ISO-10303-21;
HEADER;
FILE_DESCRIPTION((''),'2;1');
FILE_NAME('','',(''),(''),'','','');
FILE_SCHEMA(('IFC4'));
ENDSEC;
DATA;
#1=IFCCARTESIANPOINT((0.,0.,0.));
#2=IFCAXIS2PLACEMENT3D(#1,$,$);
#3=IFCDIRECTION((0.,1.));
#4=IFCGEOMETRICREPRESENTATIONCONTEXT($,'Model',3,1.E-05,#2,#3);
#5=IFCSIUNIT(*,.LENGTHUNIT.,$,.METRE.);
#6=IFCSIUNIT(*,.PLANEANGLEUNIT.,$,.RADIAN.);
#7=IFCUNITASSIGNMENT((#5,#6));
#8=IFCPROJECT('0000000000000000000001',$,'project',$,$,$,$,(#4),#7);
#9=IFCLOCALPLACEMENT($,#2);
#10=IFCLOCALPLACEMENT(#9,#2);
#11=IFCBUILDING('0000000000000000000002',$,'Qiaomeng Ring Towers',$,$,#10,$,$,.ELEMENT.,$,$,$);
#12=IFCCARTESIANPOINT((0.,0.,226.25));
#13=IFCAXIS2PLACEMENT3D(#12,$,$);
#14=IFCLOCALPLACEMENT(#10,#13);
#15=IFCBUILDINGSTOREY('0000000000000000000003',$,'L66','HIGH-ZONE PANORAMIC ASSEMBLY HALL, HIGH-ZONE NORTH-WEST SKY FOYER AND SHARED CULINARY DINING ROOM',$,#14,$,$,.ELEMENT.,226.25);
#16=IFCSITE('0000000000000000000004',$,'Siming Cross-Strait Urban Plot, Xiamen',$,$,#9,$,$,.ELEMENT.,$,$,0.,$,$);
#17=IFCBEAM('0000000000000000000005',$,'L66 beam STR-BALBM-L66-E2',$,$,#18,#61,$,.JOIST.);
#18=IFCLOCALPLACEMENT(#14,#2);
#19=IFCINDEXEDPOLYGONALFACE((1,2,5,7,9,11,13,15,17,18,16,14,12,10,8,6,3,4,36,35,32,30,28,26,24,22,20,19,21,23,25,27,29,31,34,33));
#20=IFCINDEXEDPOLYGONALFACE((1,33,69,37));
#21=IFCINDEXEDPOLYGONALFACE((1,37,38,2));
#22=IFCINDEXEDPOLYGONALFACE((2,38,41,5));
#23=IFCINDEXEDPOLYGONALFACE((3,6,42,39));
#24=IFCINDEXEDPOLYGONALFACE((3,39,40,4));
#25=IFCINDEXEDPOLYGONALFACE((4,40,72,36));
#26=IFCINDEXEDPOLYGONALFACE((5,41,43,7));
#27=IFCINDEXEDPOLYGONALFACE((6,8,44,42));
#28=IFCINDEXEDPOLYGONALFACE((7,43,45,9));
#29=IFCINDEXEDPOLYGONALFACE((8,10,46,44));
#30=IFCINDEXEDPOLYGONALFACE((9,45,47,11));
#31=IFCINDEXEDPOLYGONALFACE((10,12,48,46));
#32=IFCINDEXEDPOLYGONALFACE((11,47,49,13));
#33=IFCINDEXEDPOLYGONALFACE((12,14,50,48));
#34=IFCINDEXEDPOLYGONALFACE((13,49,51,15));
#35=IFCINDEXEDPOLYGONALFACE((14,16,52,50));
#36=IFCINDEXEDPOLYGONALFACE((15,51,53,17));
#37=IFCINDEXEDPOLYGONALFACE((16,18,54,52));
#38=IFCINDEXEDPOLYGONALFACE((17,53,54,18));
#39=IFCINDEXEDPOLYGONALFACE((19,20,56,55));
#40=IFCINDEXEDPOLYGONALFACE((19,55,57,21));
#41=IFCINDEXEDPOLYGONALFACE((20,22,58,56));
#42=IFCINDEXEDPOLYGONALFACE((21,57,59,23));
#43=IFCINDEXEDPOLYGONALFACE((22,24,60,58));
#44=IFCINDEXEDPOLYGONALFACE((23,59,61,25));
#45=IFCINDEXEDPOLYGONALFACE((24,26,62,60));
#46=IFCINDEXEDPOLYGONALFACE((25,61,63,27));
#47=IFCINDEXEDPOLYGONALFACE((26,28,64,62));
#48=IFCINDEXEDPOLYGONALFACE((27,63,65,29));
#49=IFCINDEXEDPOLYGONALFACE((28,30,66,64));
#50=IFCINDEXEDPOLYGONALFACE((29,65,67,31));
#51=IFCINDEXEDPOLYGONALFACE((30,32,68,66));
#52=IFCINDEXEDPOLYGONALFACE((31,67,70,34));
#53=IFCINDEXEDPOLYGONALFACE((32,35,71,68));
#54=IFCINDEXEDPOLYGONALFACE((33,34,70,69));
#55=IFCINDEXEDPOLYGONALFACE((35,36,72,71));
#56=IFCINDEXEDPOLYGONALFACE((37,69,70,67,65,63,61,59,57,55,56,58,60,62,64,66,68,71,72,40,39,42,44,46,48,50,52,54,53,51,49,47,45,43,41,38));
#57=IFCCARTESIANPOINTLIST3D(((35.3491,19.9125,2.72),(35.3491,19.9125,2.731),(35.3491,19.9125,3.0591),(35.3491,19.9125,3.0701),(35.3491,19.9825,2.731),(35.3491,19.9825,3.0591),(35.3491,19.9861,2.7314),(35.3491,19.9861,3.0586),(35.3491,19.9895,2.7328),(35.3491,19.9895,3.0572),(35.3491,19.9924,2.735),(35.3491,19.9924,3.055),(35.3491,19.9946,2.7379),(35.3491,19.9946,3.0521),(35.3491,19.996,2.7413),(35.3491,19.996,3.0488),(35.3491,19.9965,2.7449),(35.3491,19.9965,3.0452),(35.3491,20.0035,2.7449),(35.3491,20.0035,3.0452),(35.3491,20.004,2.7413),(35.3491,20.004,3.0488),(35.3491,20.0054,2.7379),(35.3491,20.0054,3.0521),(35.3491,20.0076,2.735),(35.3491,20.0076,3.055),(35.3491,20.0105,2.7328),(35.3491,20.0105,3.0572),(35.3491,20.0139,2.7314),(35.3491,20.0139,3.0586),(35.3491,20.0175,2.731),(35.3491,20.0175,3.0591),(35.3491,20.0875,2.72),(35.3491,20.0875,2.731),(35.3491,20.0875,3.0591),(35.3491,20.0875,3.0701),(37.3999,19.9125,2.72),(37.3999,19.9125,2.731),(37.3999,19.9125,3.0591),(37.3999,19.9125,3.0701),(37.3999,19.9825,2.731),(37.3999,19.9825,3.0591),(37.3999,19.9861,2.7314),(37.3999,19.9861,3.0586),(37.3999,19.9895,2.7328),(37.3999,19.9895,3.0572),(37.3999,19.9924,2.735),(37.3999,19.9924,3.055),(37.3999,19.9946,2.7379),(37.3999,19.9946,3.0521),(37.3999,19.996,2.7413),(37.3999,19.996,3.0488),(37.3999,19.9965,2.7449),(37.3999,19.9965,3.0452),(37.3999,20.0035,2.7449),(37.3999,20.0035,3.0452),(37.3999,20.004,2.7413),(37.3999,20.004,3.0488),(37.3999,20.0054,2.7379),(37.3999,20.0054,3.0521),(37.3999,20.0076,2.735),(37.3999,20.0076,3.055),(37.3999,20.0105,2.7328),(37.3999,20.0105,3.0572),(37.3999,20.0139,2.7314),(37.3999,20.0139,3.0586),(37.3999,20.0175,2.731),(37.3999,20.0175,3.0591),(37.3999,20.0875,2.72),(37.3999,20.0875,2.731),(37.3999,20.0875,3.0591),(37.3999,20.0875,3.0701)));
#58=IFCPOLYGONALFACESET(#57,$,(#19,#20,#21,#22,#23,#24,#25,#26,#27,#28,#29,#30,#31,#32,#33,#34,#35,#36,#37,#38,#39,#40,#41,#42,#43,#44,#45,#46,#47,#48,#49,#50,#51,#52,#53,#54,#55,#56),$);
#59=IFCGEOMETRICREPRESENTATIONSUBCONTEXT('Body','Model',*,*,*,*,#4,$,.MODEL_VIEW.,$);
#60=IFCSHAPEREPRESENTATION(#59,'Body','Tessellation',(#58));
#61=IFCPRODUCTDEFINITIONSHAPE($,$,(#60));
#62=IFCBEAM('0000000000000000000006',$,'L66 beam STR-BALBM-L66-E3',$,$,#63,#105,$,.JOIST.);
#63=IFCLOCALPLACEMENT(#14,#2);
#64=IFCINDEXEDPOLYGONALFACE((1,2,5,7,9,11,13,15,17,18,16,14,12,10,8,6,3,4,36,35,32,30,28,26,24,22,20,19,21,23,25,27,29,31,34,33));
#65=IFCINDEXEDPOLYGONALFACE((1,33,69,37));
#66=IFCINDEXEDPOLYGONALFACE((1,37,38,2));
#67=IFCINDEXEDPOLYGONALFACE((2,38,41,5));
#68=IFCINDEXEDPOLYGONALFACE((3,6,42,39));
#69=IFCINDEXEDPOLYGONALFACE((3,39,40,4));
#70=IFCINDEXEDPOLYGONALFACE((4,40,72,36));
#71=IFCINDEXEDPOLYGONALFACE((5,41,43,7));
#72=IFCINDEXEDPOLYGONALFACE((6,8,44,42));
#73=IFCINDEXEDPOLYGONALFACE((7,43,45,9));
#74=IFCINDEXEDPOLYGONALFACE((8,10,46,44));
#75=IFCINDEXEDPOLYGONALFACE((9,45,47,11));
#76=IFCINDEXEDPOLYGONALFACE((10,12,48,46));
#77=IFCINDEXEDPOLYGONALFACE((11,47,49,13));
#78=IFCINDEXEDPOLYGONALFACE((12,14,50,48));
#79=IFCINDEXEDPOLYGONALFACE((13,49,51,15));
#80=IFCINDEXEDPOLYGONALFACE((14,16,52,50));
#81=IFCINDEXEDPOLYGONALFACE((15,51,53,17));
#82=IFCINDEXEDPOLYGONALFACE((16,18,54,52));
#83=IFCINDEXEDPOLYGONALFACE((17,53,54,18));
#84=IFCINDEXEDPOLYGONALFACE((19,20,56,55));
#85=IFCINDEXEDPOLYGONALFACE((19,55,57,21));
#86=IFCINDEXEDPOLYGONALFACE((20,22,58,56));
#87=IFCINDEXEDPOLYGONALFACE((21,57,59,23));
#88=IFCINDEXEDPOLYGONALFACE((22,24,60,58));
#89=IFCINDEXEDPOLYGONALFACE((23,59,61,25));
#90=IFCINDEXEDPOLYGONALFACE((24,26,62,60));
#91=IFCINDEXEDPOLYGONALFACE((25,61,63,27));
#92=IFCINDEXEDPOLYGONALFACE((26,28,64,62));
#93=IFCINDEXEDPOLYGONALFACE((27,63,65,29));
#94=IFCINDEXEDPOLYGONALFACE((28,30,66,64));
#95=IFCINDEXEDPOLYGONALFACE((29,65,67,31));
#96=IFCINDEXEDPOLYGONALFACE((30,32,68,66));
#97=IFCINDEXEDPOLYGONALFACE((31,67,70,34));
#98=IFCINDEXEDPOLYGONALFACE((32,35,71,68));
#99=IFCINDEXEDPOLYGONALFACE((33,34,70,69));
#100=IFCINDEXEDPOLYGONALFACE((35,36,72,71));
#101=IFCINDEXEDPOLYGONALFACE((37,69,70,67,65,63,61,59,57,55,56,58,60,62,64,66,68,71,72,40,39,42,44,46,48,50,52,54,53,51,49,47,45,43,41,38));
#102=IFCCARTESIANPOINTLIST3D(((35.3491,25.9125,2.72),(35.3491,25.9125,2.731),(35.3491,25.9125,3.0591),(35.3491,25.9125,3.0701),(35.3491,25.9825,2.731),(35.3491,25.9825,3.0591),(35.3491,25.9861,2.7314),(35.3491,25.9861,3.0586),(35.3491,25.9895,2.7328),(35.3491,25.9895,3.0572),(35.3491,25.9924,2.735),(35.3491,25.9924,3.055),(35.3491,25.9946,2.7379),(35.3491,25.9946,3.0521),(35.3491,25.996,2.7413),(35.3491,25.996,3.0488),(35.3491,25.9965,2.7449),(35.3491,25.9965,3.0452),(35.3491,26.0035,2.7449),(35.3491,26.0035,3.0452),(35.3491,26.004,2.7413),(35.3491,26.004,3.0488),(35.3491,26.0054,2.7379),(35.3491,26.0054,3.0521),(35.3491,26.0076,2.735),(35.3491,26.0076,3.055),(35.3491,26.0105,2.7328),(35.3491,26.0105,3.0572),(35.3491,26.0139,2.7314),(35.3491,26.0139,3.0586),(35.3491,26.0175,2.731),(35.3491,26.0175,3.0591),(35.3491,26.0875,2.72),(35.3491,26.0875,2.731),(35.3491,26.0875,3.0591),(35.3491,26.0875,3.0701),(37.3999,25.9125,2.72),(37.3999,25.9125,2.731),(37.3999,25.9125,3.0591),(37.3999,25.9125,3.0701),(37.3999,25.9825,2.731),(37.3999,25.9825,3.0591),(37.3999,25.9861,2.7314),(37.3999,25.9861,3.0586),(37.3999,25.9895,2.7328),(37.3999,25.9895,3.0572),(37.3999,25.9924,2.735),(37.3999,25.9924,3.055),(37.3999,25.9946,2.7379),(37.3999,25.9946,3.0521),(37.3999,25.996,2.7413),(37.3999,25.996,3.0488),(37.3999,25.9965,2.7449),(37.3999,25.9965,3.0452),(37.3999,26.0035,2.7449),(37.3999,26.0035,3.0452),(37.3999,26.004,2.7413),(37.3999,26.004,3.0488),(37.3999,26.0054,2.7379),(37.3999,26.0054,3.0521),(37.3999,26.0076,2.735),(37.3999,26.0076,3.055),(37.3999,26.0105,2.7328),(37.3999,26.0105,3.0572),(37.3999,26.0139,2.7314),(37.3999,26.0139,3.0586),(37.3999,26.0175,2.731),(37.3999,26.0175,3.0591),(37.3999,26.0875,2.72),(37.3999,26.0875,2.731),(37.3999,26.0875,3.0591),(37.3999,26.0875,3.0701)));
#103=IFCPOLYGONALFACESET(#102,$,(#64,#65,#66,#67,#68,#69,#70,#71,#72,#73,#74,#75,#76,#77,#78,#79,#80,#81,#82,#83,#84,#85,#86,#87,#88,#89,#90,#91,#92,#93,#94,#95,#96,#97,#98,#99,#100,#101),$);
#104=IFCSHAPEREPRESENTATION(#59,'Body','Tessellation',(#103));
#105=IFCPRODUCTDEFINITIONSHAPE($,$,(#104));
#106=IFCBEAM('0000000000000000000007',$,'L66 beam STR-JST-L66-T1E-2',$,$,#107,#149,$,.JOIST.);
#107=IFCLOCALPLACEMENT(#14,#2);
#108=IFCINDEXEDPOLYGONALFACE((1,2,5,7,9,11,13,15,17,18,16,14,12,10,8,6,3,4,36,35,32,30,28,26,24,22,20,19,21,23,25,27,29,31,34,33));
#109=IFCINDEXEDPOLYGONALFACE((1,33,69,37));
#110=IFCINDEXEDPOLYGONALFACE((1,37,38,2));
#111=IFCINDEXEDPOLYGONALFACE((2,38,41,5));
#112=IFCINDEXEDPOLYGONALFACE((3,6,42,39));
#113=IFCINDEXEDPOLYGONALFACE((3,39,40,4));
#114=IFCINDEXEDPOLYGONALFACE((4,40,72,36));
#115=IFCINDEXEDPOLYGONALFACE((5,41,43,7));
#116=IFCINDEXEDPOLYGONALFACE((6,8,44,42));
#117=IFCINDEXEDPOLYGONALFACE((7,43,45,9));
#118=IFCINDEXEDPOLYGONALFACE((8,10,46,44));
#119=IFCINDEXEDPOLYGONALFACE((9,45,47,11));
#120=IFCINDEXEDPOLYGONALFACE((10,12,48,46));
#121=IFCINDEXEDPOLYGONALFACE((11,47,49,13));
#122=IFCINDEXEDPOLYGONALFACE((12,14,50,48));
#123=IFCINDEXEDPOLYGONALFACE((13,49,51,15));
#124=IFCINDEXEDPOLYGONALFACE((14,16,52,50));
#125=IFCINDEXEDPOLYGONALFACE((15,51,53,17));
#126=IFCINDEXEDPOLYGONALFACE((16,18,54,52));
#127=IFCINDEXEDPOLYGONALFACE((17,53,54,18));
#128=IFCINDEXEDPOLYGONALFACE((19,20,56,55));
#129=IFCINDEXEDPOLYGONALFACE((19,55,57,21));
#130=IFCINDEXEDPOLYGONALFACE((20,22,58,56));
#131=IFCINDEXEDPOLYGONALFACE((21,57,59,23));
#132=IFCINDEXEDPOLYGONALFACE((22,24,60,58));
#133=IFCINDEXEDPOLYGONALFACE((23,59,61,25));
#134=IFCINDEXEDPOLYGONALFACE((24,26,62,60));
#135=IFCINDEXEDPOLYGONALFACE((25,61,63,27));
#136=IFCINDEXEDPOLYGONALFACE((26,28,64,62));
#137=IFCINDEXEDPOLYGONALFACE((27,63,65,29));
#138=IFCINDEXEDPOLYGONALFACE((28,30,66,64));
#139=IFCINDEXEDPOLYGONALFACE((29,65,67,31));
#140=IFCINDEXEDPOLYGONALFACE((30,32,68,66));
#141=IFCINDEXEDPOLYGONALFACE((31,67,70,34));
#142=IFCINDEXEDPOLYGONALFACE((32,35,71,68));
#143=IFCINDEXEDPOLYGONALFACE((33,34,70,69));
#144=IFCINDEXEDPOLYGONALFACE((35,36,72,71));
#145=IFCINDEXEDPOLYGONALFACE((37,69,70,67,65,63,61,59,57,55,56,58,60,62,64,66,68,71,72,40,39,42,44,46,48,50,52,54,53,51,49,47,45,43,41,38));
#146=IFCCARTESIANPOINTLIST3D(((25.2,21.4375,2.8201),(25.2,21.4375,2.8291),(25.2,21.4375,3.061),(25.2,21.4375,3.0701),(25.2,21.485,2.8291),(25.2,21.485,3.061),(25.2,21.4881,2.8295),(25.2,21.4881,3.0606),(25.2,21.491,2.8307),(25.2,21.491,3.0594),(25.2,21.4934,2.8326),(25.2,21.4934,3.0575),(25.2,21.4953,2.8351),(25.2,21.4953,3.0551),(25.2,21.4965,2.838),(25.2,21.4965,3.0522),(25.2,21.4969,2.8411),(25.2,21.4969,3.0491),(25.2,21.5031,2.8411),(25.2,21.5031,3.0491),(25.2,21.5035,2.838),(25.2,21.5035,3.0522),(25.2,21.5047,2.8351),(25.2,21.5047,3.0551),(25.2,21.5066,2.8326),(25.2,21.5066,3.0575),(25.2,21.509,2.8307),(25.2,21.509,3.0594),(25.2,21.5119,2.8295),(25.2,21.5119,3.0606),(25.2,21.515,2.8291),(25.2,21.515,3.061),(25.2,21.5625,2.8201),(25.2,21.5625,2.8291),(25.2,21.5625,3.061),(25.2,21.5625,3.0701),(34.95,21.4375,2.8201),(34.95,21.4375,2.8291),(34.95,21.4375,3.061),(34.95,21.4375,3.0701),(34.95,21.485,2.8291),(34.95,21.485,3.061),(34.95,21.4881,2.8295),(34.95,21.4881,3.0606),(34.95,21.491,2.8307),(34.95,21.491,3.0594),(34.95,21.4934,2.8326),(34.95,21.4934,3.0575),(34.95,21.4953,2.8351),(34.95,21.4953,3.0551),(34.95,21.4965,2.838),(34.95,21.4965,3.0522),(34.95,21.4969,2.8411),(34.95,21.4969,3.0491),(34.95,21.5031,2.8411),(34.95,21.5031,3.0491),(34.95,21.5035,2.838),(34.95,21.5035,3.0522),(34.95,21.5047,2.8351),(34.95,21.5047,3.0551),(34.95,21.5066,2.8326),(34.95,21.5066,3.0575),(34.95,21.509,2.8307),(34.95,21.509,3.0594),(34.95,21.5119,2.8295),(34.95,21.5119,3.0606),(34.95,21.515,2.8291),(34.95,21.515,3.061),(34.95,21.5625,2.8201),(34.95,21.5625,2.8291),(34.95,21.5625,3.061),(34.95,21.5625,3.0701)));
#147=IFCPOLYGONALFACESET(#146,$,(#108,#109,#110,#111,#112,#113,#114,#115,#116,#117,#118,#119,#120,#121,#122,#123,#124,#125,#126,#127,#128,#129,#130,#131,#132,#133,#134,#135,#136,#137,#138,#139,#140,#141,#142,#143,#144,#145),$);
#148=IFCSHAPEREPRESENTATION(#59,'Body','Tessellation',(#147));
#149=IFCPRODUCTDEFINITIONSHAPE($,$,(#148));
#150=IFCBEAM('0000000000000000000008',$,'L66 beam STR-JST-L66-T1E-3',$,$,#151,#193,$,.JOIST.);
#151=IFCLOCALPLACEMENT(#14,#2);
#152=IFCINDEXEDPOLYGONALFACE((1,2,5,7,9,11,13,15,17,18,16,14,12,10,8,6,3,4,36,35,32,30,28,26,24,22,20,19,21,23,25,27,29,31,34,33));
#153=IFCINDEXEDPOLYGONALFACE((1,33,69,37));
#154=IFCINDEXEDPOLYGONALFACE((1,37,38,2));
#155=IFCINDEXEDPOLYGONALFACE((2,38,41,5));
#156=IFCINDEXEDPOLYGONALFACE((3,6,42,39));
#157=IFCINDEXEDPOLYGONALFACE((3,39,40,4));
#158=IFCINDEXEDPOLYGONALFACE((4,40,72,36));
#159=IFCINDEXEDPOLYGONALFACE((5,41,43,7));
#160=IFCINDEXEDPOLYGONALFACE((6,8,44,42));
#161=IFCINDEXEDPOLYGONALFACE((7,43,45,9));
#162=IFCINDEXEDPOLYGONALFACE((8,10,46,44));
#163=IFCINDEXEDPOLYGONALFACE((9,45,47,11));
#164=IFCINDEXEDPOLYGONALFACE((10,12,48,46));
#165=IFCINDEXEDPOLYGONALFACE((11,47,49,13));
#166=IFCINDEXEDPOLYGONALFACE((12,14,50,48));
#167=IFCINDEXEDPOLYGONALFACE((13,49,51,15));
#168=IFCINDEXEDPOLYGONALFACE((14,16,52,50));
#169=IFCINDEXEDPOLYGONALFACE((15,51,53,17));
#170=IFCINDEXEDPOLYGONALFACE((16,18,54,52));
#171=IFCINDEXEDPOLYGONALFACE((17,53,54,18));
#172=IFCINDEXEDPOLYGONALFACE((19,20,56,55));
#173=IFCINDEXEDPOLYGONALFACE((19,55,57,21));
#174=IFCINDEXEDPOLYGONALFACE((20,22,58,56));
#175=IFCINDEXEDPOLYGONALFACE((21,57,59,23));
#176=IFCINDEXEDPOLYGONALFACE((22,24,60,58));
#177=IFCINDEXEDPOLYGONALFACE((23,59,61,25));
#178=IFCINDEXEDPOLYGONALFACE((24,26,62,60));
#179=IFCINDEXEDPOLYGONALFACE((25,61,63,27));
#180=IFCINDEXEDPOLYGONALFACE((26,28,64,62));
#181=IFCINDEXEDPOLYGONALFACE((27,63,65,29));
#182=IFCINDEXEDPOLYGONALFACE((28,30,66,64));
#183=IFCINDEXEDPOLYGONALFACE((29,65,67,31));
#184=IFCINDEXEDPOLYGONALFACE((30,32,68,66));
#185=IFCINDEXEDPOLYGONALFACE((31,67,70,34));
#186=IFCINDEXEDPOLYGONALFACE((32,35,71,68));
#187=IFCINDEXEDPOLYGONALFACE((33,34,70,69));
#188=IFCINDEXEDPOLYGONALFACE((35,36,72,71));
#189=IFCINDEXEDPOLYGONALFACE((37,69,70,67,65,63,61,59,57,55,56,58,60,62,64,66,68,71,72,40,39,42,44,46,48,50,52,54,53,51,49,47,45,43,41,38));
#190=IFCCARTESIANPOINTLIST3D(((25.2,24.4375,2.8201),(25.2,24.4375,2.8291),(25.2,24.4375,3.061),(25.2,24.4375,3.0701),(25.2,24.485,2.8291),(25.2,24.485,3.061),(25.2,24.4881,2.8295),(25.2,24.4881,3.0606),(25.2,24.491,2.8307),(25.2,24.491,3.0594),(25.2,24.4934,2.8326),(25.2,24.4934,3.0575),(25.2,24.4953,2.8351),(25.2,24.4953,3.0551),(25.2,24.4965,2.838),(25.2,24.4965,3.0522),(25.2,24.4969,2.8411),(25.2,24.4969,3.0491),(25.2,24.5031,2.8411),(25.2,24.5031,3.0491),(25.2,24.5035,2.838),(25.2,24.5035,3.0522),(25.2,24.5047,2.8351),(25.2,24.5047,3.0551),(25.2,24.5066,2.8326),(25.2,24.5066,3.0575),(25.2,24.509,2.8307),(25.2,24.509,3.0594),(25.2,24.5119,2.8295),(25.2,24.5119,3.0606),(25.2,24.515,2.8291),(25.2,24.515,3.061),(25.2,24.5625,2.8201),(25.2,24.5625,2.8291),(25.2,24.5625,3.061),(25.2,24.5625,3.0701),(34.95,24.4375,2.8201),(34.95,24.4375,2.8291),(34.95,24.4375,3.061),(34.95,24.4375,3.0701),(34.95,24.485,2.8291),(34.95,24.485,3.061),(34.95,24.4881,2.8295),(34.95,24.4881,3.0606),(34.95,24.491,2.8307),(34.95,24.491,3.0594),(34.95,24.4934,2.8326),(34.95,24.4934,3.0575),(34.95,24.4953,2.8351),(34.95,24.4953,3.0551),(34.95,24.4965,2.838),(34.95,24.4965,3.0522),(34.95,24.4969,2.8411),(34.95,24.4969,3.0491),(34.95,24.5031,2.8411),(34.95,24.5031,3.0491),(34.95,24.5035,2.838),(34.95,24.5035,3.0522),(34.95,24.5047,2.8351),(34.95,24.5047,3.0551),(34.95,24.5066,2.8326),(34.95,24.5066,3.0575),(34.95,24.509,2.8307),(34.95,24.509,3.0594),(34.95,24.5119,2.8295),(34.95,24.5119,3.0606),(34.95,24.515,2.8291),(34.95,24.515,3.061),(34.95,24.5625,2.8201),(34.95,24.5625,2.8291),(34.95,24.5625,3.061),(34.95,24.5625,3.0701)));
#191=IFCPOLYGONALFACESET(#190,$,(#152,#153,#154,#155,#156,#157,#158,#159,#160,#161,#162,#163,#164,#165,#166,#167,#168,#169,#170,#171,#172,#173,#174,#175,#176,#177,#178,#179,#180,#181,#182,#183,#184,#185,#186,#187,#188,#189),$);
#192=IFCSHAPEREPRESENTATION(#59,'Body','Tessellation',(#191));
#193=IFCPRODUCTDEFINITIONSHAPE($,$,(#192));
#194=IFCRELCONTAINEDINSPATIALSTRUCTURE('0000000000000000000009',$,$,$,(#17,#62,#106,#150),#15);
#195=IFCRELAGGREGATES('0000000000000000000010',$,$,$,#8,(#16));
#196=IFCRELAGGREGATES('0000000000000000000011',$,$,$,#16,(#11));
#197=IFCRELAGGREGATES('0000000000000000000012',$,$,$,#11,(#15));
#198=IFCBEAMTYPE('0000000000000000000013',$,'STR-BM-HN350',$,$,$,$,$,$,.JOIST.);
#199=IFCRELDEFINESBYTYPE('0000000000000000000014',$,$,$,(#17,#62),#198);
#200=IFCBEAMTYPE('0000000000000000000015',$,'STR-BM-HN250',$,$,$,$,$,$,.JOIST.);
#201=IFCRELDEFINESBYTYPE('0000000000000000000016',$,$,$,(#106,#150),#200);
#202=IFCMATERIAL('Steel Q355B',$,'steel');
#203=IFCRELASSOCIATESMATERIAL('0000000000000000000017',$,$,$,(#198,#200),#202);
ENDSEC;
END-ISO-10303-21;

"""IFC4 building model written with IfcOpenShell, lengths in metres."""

from ifc_helpers import new_model, si_unit, direction, frame, origin, origin_2d, place, context, subcontext, project, spatial, i_section, extrude, source, transform, mapped, material, material_profile, profile_set, type_object, element, save


model = new_model("IFC4")

# Units and contexts
model_context = context("Model", 3, precision=1e-05, world=origin(), true_north=direction((0.0, 1.0)))
body_context = subcontext(model_context, "Body", "Model", "MODEL_VIEW")
ifc_project = project(units=[si_unit("LENGTHUNIT", "METRE"), si_unit("PLANEANGLEUNIT", "RADIAN")], contexts=[model_context])

# Site, building, storey
site_placement = place(None, origin())
site = spatial("IfcSite", under=ifc_project, at=site_placement, Name="Siming Cross-Strait Urban Plot, Xiamen", CompositionType="ELEMENT", RefElevation=0.0)
building_placement = place(site_placement, origin())
building = spatial("IfcBuilding", under=site, at=building_placement, Name="Qiaomeng Ring Towers", CompositionType="ELEMENT")
storey_placement = place(building_placement, frame((0.0, 0.0, 226.25)))
storey = spatial("IfcBuildingStorey", under=building, at=storey_placement, Name="L66", Description="HIGH-ZONE PANORAMIC ASSEMBLY HALL, HIGH-ZONE NORTH-WEST SKY FOYER AND SHARED CULINARY DINING ROOM", CompositionType="ELEMENT", Elevation=226.25)

# Beams
ifc_material_1 = material(Name="Steel Q355B", Category="steel")
ifc_material_profile_1 = material_profile(ifc_material_1, i_section(OverallWidth=0.175, OverallDepth=0.3501, WebThickness=0.0071, FlangeThickness=0.011, FilletRadius=0.0139, at=origin_2d()), Name="HN 350x175x7x11")
ifc_profile_set_1 = profile_set([ifc_material_profile_1], Name="Steel Q355B")
beam_type_1 = type_object("IfcBeamType", Name="STR-BM-HN350", PredefinedType="JOIST", material=ifc_profile_set_1)
shared_shape_1 = source(origin(), body_context, "Body", "SweptSolid", [
    extrude(i_section(OverallWidth=0.175, OverallDepth=0.3501, WebThickness=0.0071, FlangeThickness=0.011, FilletRadius=0.0139, at=origin_2d()), origin(), (0.0, 0.0, 1.0), 2.0508),
])
for number, where, z_axis, x_axis, name in (
    (1, (35.3491, 20.0, 2.895), (1.0, 0.0, 0.0), (0.0, 1.0, 0.0), "L66 beam STR-BALBM-L66-E2"),
    (2, (35.3491, 26.0, 2.895), (1.0, 0.0, 0.0), (0.0, 1.0, 0.0), "L66 beam STR-BALBM-L66-E3"),
):
    element("IfcBeam", number, at=place(storey_placement, frame(where, z_axis=z_axis, x_axis=x_axis)), inside=storey, type_object=beam_type_1, Name=name, PredefinedType="JOIST", context=body_context, shape_type="MappedRepresentation", body=[
        mapped(shared_shape_1, transform((0.0, 0.0, 0.0), x_axis=(1.0, 0.0, 0.0), y_axis=(0.0, 1.0, 0.0), z_axis=(0.0, 0.0, 1.0), scale=1.0)),
    ])
ifc_material_profile_2 = material_profile(ifc_material_1, i_section(OverallWidth=0.125, OverallDepth=0.25, WebThickness=0.0061, FlangeThickness=0.009, FilletRadius=0.012, at=origin_2d()), Name="HN 250x125x6x9")
ifc_profile_set_2 = profile_set([ifc_material_profile_2], Name="Steel Q355B")
beam_type_2 = type_object("IfcBeamType", Name="STR-BM-HN250", PredefinedType="JOIST", material=ifc_profile_set_2)
shared_shape_2 = source(origin(), body_context, "Body", "SweptSolid", [
    extrude(i_section(OverallWidth=0.125, OverallDepth=0.25, WebThickness=0.0061, FlangeThickness=0.009, FilletRadius=0.012, at=origin_2d()), origin(), (0.0, 0.0, 1.0), 9.75),
])
for number, where, z_axis, x_axis, name in (
    (3, (25.2, 21.5, 2.9451), (1.0, 0.0, 0.0), (0.0, 1.0, 0.0), "L66 beam STR-JST-L66-T1E-2"),
    (4, (25.2, 24.5, 2.9451), (1.0, 0.0, 0.0), (0.0, 1.0, 0.0), "L66 beam STR-JST-L66-T1E-3"),
):
    element("IfcBeam", number, at=place(storey_placement, frame(where, z_axis=z_axis, x_axis=x_axis)), inside=storey, type_object=beam_type_2, Name=name, PredefinedType="JOIST", context=body_context, shape_type="MappedRepresentation", body=[
        mapped(shared_shape_2, transform((0.0, 0.0, 0.0), x_axis=(1.0, 0.0, 0.0), y_axis=(0.0, 1.0, 0.0), z_axis=(0.0, 0.0, 1.0), scale=1.0)),
    ])

save(model, "model.ifc")
